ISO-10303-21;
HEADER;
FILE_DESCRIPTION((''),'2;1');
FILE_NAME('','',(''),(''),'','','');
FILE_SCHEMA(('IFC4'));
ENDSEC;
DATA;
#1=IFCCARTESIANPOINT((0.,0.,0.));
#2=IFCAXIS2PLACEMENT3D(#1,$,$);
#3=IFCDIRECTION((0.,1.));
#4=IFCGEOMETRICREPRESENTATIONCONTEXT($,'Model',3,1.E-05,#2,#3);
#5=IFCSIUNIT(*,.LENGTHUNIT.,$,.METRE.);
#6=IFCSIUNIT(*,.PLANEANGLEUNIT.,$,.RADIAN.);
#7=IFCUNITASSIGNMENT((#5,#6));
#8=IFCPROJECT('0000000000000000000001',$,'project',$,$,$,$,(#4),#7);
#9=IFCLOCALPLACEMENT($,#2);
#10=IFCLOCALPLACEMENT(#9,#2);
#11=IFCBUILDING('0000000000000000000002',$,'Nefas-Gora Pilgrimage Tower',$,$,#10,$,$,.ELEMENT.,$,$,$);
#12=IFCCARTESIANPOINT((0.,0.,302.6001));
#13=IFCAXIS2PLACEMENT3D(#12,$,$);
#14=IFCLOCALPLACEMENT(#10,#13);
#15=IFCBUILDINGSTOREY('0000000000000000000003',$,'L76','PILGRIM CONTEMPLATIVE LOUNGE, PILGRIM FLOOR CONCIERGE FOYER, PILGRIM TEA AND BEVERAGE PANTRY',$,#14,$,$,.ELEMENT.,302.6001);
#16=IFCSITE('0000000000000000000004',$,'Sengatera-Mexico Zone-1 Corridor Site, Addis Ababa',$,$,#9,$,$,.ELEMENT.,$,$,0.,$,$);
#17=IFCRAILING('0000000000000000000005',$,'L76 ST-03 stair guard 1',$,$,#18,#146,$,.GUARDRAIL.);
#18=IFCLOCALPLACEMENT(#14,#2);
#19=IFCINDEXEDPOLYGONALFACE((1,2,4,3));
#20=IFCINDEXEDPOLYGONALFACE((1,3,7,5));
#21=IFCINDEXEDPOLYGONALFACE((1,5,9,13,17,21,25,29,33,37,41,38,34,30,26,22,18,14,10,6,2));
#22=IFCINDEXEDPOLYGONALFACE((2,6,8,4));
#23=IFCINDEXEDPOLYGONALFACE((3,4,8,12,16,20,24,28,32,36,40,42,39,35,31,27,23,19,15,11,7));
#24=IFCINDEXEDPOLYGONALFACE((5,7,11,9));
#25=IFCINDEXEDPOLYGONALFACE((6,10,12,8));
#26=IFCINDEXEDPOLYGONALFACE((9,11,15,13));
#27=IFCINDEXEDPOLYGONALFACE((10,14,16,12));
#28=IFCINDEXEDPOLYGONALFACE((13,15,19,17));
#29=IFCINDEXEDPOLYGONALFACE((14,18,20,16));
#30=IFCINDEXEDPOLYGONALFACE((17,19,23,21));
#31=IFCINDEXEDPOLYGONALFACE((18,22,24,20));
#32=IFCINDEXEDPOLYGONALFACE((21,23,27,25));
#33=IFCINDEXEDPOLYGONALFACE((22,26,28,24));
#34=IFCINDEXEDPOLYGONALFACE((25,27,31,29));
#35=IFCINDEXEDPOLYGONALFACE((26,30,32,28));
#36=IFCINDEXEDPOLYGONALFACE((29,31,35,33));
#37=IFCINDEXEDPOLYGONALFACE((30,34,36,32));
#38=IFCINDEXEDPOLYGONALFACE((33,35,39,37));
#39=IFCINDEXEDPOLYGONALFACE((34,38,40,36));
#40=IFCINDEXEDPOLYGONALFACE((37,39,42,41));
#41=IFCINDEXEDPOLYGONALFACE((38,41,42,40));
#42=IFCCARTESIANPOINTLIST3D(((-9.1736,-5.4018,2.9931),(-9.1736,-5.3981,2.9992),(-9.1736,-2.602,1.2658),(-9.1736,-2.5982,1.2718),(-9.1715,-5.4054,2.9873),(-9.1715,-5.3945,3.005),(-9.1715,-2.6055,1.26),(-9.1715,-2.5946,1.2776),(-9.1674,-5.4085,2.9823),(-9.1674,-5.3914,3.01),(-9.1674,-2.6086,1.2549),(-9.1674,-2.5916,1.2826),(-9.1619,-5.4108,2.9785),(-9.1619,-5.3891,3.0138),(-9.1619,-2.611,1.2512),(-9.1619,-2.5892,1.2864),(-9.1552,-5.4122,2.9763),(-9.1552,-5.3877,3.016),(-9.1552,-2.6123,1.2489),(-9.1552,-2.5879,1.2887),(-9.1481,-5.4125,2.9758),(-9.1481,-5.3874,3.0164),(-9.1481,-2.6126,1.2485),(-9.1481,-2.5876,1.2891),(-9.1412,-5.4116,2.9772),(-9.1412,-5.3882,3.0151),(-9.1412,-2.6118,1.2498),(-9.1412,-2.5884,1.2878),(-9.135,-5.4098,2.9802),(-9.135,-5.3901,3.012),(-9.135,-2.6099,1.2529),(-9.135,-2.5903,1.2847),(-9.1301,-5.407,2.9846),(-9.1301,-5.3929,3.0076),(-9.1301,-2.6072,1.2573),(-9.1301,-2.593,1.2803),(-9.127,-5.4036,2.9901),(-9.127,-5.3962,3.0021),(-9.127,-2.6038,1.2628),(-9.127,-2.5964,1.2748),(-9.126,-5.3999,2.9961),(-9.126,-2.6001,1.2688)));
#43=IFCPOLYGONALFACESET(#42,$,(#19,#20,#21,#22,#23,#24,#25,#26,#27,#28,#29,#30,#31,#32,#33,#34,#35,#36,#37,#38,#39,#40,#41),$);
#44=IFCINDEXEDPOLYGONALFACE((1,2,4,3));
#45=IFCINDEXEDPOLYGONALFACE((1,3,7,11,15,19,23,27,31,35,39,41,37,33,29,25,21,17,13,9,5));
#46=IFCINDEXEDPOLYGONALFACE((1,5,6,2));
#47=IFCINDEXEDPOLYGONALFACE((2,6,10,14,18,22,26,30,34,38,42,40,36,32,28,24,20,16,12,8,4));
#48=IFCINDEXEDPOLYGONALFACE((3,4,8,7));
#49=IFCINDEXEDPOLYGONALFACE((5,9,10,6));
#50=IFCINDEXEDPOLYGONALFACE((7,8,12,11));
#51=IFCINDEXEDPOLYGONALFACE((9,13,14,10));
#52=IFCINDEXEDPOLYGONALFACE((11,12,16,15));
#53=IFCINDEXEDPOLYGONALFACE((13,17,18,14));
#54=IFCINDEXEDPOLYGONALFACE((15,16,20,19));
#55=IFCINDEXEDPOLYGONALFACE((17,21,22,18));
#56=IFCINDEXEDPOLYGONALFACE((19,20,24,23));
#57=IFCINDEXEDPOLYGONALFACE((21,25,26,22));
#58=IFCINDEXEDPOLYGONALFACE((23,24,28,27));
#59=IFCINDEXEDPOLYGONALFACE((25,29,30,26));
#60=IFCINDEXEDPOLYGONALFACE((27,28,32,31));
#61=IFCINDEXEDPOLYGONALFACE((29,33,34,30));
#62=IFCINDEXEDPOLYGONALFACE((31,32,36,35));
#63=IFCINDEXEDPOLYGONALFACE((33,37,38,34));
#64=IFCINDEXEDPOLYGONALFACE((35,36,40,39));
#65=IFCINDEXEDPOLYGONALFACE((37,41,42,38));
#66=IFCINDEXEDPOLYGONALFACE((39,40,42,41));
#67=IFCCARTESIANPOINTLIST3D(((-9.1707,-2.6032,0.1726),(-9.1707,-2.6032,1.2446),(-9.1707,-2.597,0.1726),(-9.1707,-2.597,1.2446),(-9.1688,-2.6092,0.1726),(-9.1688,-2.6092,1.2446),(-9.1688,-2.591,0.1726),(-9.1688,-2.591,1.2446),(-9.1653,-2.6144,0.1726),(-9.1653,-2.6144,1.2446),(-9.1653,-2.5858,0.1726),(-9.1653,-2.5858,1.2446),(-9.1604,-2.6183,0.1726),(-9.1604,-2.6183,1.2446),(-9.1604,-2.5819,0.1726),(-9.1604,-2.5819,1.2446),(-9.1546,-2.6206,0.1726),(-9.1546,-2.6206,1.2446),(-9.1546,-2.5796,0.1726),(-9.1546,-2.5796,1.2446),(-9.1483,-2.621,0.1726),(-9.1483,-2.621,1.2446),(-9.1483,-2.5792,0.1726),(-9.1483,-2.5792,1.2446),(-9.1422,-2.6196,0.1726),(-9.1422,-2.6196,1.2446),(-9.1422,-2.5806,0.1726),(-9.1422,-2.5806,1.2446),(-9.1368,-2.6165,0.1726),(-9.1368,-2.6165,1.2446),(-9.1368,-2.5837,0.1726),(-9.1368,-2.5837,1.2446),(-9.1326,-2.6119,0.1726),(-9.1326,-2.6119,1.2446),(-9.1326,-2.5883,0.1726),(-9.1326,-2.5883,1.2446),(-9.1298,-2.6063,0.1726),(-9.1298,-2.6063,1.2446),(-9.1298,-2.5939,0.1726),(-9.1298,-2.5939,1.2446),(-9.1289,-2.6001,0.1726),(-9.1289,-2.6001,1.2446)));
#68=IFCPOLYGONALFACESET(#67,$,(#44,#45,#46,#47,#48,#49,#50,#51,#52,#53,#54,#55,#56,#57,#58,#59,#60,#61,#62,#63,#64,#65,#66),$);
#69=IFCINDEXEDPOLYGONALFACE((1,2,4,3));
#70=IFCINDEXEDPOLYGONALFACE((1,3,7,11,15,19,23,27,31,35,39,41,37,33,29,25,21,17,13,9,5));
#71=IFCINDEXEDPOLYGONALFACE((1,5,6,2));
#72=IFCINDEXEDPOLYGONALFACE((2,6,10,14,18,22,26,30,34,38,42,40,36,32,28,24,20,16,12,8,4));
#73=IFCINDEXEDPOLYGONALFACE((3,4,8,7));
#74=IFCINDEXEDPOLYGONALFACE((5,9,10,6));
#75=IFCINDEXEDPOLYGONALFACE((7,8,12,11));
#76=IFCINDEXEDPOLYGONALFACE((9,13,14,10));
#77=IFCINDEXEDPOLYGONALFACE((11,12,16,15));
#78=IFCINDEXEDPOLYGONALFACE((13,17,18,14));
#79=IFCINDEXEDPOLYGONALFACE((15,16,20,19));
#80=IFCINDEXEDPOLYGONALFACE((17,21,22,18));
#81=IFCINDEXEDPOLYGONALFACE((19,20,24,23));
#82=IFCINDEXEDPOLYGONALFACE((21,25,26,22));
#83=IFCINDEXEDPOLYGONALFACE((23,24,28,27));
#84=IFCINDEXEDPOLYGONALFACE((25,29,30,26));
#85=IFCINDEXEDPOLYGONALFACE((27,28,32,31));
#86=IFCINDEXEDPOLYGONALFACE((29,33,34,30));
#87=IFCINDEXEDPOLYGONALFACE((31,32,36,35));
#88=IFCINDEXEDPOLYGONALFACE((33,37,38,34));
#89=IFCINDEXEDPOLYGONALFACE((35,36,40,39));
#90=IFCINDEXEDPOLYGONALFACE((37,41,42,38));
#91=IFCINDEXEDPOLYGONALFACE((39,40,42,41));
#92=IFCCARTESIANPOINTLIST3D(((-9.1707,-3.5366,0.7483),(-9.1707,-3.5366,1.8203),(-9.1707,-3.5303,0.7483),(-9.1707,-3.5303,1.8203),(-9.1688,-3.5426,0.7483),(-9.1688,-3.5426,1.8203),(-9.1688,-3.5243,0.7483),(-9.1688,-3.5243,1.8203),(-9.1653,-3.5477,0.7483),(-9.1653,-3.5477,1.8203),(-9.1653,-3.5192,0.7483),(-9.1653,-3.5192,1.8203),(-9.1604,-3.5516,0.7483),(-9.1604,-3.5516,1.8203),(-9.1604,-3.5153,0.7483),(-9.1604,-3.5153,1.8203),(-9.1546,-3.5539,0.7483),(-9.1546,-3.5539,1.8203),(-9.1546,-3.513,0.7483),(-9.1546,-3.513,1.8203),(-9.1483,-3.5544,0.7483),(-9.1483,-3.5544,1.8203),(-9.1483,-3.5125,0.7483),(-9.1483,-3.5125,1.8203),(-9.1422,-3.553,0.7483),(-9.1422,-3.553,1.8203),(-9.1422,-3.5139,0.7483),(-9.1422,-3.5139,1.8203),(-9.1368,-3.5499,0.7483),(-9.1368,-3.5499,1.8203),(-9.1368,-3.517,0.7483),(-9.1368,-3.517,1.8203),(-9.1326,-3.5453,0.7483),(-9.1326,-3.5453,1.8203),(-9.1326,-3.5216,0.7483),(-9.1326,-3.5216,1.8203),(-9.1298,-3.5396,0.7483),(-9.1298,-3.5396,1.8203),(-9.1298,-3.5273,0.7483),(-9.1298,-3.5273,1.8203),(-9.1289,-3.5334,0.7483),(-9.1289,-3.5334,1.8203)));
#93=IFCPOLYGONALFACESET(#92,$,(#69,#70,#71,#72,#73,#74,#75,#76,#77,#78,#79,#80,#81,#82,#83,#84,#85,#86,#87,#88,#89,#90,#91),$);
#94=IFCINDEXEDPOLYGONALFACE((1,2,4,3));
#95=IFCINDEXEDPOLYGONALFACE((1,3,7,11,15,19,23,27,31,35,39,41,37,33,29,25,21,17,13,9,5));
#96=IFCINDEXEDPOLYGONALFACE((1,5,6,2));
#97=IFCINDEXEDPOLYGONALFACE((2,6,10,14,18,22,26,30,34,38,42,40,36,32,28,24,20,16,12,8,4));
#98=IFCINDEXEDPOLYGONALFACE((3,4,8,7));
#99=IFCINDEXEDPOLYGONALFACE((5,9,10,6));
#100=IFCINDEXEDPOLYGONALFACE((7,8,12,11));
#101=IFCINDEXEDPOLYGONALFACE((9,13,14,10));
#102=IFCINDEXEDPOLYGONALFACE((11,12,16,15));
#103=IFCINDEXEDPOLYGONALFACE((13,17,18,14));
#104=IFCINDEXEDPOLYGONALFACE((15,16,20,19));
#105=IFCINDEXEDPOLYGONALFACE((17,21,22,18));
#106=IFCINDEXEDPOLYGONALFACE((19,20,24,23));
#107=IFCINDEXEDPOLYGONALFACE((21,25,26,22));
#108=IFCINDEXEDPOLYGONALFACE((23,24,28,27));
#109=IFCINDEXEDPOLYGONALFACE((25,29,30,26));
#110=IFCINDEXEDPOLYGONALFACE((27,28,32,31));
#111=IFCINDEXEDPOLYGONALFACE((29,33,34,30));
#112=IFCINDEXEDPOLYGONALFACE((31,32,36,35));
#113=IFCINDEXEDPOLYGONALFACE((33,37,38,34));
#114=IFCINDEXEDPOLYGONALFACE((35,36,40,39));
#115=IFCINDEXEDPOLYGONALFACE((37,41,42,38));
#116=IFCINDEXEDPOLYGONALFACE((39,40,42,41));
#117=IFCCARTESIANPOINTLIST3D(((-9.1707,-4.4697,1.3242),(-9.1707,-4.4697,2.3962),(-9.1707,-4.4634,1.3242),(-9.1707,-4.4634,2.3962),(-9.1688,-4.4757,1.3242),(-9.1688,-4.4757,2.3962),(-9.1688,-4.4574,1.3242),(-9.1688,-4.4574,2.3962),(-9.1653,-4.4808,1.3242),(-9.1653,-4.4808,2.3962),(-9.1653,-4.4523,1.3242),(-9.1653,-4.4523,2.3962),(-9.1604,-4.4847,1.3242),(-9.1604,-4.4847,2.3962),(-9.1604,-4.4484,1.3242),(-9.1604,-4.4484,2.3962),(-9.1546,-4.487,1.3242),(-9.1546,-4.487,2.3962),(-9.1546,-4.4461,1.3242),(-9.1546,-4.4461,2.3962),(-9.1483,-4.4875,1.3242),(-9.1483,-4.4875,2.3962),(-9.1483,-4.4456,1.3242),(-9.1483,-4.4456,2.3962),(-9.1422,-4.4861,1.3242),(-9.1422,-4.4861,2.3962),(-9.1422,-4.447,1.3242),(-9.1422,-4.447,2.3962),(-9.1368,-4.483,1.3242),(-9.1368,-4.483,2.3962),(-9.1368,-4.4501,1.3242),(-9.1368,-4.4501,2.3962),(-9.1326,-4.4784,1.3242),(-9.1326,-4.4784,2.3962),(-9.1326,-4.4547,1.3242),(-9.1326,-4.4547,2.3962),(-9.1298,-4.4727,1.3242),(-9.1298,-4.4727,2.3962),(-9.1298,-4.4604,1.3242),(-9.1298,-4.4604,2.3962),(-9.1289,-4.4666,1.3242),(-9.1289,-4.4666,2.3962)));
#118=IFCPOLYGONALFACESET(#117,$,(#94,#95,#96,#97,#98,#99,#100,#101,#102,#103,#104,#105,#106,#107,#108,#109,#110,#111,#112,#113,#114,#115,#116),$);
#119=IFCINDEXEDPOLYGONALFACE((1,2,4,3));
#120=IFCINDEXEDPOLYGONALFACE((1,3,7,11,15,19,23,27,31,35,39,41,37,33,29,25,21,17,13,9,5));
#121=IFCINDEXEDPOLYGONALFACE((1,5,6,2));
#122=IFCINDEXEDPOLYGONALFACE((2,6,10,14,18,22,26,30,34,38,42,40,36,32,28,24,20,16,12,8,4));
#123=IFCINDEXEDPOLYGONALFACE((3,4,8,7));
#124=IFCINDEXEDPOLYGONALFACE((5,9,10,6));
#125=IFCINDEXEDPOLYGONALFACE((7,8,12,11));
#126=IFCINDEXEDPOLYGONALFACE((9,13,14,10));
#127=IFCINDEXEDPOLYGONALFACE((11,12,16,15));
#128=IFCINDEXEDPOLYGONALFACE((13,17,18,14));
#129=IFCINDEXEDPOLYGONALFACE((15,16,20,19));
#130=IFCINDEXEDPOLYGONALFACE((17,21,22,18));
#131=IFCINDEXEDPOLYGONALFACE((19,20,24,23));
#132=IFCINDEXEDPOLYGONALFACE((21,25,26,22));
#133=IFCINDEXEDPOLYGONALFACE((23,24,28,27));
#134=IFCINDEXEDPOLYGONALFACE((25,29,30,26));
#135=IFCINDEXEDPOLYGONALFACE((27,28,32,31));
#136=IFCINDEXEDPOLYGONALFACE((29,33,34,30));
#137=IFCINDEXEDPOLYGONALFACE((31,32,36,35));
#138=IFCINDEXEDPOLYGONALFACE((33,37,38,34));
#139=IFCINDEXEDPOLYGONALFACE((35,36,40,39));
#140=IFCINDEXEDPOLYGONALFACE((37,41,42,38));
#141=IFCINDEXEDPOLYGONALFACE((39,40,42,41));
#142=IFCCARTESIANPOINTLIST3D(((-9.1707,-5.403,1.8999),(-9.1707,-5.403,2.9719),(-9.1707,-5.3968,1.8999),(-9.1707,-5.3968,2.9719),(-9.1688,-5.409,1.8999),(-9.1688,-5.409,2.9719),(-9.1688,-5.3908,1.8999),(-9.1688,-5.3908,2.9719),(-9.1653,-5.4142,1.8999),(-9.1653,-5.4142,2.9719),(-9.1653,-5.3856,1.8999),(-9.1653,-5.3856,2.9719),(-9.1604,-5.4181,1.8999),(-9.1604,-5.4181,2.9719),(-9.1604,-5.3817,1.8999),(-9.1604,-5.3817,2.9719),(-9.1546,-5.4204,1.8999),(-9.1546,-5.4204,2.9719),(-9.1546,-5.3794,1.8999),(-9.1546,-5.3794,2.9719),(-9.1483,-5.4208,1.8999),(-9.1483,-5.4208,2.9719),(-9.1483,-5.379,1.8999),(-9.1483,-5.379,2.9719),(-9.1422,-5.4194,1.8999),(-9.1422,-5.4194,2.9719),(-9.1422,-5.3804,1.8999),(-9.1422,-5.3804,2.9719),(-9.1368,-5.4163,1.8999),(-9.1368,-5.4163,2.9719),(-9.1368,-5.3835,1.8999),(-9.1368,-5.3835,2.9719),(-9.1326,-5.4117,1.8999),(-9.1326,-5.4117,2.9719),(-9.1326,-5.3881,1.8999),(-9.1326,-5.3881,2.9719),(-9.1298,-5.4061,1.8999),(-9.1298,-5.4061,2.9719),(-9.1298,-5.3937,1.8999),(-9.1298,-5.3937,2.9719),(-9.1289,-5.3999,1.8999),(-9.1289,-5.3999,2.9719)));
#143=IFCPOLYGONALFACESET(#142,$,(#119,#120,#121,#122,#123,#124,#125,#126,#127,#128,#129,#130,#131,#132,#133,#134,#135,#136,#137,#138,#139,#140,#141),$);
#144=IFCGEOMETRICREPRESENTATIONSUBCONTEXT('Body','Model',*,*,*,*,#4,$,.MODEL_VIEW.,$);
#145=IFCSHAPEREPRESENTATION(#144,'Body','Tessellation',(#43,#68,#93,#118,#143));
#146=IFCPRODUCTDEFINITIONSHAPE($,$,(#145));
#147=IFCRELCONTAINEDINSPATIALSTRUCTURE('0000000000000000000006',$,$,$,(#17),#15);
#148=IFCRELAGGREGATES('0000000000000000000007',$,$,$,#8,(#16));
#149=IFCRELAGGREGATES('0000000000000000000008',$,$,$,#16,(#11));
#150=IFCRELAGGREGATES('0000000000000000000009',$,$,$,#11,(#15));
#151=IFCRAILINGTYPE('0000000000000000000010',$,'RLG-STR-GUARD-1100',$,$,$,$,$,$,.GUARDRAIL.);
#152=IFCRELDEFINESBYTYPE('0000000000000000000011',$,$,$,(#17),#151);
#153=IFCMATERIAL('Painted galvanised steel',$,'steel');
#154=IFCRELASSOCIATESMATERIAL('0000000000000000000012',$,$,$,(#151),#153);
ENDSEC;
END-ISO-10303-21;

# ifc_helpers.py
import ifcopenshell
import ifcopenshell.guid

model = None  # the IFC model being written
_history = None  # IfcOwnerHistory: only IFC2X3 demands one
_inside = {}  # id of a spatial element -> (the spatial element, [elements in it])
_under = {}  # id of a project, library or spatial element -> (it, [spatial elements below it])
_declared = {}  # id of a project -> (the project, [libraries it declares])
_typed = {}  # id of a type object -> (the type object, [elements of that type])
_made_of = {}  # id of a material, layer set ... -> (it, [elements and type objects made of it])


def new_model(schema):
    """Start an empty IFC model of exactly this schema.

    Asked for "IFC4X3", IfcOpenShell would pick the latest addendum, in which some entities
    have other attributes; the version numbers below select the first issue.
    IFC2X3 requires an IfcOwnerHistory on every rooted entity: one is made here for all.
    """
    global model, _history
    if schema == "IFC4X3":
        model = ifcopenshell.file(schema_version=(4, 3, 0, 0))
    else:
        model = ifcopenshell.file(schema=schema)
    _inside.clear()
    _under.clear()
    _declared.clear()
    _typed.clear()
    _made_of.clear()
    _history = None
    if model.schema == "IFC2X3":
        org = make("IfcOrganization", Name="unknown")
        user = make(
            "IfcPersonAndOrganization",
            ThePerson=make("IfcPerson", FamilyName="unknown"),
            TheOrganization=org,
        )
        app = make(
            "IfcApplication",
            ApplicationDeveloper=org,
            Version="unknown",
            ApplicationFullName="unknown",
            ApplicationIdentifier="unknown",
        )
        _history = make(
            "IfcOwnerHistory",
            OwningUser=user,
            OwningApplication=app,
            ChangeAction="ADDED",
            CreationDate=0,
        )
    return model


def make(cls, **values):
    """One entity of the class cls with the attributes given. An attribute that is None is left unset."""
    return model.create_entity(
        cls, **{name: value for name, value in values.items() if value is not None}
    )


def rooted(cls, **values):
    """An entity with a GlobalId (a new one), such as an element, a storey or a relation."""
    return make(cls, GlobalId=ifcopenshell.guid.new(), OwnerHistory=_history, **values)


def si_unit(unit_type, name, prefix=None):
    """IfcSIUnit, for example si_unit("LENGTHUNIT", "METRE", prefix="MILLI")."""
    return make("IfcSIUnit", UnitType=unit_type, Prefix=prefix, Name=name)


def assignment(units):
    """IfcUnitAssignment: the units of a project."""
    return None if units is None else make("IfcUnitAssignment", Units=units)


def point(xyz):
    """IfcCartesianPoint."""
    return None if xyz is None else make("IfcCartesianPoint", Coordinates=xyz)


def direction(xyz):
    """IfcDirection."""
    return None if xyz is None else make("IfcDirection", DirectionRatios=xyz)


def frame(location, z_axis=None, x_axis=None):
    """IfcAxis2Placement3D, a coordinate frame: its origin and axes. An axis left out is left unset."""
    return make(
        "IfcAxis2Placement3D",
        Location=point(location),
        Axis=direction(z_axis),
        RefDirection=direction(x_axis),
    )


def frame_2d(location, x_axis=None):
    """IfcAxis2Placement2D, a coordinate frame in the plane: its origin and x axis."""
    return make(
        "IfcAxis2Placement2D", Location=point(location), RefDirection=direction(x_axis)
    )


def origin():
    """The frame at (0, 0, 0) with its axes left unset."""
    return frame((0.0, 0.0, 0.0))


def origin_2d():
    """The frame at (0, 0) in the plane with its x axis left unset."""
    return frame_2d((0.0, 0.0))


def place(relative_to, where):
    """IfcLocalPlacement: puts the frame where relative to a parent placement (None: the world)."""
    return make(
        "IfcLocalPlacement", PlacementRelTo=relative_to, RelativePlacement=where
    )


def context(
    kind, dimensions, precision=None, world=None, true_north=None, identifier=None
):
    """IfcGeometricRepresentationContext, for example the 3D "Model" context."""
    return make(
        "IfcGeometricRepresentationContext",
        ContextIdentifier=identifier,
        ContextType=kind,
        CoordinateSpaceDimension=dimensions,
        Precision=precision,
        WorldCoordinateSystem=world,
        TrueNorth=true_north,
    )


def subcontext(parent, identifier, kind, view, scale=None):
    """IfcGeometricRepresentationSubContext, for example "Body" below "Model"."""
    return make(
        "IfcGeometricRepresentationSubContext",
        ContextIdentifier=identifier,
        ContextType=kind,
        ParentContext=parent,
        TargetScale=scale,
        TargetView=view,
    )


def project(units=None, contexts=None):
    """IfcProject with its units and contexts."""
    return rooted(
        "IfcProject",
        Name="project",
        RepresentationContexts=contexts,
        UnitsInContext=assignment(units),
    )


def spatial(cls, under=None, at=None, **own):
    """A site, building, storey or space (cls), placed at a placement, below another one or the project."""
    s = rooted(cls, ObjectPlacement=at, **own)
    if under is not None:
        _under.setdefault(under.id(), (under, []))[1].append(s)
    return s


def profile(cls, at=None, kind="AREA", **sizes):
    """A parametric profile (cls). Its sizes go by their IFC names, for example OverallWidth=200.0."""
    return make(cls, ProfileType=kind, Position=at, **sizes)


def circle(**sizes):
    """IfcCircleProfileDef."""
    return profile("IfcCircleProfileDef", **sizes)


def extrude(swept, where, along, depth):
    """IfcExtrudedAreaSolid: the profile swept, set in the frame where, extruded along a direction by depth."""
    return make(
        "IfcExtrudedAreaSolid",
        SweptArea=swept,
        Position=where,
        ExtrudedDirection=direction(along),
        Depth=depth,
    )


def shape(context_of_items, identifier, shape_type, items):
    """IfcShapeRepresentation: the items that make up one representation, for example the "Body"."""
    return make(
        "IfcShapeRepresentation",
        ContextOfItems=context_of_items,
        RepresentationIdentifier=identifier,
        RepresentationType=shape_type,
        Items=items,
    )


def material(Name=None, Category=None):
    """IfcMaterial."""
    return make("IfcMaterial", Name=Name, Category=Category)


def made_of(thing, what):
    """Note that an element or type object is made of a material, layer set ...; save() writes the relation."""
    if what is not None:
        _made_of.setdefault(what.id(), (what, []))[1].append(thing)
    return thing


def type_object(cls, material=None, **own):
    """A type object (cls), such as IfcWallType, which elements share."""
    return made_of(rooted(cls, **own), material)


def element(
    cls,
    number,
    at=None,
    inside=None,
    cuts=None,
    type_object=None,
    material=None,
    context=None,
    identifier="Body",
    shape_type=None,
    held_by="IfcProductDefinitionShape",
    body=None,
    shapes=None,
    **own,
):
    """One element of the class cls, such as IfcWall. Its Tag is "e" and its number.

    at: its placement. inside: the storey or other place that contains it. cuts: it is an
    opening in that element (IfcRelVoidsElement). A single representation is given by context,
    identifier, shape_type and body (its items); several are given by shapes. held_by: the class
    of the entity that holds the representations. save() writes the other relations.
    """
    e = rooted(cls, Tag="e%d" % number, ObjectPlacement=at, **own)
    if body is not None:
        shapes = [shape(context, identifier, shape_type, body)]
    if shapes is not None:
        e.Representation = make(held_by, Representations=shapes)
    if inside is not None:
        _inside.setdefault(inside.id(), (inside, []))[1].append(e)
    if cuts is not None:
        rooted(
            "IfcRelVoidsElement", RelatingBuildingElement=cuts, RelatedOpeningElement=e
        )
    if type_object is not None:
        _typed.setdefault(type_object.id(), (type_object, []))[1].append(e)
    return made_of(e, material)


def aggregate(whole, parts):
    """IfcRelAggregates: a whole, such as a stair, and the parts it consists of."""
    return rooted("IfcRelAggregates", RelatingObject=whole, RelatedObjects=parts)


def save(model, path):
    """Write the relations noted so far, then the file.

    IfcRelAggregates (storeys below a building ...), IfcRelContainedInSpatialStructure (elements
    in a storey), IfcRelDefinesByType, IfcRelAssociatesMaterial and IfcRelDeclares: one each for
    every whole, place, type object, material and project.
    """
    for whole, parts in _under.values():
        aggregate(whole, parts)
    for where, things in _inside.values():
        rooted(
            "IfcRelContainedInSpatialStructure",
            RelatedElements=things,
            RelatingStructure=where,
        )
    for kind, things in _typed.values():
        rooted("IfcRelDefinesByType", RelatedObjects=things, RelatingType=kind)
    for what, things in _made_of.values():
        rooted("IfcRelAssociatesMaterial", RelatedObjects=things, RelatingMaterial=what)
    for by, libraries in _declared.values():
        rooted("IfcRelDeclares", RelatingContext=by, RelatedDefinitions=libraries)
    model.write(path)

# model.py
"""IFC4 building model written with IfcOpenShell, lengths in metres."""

from ifc_helpers import new_model, si_unit, direction, frame, origin, origin_2d, place, context, subcontext, project, spatial, circle, extrude, material, type_object, element, save


model = new_model("IFC4")

# Units and contexts
model_context = context("Model", 3, precision=1e-05, world=origin(), true_north=direction((0.0, 1.0)))
body_context = subcontext(model_context, "Body", "Model", "MODEL_VIEW")
ifc_project = project(units=[si_unit("LENGTHUNIT", "METRE"), si_unit("PLANEANGLEUNIT", "RADIAN")], contexts=[model_context])

# Site, building, storey
site_placement = place(None, origin())
site = spatial("IfcSite", under=ifc_project, at=site_placement, Name="Sengatera-Mexico Zone-1 Corridor Site, Addis Ababa", CompositionType="ELEMENT", RefElevation=0.0)
building_placement = place(site_placement, origin())
building = spatial("IfcBuilding", under=site, at=building_placement, Name="Nefas-Gora Pilgrimage Tower", CompositionType="ELEMENT")
storey_placement = place(building_placement, frame((0.0, 0.0, 302.6001)))
storey = spatial("IfcBuildingStorey", under=building, at=storey_placement, Name="L76", Description="PILGRIM CONTEMPLATIVE LOUNGE, PILGRIM FLOOR CONCIERGE FOYER, PILGRIM TEA AND BEVERAGE PANTRY", CompositionType="ELEMENT", Elevation=302.6001)

# Railing
ifc_material_1 = material(Name="Painted galvanised steel", Category="steel")
railing_type_1 = type_object("IfcRailingType", Name="RLG-STR-GUARD-1100", PredefinedType="GUARDRAIL", material=ifc_material_1)
railing_1_placement = place(storey_placement, frame((-9.1499, -2.6001, 0.1726)))
element("IfcRailing", 1, at=railing_1_placement, inside=storey, type_object=railing_type_1, Name="L76 ST-03 stair guard 1", PredefinedType="GUARDRAIL", context=body_context, shape_type="SweptSolid", body=[
    extrude(circle(Radius=0.0239, at=origin_2d()), frame((0.0, 0.0, 1.0962), z_axis=(0.0, -0.851069, 0.525054), x_axis=(1.0, 0.0, 0.0)), (0.0, 0.0, 1.0), 3.2898),
    extrude(circle(Radius=0.021, at=origin_2d()), origin(), (0.0, 0.0, 1.0), 1.072),
    extrude(circle(Radius=0.021, at=origin_2d()), frame((0.0, -0.9333, 0.5757)), (0.0, 0.0, 1.0), 1.072),
    extrude(circle(Radius=0.021, at=origin_2d()), frame((0.0, -1.8665, 1.1516)), (0.0, 0.0, 1.0), 1.072),
    extrude(circle(Radius=0.021, at=origin_2d()), frame((0.0, -2.7998, 1.7273)), (0.0, 0.0, 1.0), 1.072),
])

save(model, "model.ifc")
